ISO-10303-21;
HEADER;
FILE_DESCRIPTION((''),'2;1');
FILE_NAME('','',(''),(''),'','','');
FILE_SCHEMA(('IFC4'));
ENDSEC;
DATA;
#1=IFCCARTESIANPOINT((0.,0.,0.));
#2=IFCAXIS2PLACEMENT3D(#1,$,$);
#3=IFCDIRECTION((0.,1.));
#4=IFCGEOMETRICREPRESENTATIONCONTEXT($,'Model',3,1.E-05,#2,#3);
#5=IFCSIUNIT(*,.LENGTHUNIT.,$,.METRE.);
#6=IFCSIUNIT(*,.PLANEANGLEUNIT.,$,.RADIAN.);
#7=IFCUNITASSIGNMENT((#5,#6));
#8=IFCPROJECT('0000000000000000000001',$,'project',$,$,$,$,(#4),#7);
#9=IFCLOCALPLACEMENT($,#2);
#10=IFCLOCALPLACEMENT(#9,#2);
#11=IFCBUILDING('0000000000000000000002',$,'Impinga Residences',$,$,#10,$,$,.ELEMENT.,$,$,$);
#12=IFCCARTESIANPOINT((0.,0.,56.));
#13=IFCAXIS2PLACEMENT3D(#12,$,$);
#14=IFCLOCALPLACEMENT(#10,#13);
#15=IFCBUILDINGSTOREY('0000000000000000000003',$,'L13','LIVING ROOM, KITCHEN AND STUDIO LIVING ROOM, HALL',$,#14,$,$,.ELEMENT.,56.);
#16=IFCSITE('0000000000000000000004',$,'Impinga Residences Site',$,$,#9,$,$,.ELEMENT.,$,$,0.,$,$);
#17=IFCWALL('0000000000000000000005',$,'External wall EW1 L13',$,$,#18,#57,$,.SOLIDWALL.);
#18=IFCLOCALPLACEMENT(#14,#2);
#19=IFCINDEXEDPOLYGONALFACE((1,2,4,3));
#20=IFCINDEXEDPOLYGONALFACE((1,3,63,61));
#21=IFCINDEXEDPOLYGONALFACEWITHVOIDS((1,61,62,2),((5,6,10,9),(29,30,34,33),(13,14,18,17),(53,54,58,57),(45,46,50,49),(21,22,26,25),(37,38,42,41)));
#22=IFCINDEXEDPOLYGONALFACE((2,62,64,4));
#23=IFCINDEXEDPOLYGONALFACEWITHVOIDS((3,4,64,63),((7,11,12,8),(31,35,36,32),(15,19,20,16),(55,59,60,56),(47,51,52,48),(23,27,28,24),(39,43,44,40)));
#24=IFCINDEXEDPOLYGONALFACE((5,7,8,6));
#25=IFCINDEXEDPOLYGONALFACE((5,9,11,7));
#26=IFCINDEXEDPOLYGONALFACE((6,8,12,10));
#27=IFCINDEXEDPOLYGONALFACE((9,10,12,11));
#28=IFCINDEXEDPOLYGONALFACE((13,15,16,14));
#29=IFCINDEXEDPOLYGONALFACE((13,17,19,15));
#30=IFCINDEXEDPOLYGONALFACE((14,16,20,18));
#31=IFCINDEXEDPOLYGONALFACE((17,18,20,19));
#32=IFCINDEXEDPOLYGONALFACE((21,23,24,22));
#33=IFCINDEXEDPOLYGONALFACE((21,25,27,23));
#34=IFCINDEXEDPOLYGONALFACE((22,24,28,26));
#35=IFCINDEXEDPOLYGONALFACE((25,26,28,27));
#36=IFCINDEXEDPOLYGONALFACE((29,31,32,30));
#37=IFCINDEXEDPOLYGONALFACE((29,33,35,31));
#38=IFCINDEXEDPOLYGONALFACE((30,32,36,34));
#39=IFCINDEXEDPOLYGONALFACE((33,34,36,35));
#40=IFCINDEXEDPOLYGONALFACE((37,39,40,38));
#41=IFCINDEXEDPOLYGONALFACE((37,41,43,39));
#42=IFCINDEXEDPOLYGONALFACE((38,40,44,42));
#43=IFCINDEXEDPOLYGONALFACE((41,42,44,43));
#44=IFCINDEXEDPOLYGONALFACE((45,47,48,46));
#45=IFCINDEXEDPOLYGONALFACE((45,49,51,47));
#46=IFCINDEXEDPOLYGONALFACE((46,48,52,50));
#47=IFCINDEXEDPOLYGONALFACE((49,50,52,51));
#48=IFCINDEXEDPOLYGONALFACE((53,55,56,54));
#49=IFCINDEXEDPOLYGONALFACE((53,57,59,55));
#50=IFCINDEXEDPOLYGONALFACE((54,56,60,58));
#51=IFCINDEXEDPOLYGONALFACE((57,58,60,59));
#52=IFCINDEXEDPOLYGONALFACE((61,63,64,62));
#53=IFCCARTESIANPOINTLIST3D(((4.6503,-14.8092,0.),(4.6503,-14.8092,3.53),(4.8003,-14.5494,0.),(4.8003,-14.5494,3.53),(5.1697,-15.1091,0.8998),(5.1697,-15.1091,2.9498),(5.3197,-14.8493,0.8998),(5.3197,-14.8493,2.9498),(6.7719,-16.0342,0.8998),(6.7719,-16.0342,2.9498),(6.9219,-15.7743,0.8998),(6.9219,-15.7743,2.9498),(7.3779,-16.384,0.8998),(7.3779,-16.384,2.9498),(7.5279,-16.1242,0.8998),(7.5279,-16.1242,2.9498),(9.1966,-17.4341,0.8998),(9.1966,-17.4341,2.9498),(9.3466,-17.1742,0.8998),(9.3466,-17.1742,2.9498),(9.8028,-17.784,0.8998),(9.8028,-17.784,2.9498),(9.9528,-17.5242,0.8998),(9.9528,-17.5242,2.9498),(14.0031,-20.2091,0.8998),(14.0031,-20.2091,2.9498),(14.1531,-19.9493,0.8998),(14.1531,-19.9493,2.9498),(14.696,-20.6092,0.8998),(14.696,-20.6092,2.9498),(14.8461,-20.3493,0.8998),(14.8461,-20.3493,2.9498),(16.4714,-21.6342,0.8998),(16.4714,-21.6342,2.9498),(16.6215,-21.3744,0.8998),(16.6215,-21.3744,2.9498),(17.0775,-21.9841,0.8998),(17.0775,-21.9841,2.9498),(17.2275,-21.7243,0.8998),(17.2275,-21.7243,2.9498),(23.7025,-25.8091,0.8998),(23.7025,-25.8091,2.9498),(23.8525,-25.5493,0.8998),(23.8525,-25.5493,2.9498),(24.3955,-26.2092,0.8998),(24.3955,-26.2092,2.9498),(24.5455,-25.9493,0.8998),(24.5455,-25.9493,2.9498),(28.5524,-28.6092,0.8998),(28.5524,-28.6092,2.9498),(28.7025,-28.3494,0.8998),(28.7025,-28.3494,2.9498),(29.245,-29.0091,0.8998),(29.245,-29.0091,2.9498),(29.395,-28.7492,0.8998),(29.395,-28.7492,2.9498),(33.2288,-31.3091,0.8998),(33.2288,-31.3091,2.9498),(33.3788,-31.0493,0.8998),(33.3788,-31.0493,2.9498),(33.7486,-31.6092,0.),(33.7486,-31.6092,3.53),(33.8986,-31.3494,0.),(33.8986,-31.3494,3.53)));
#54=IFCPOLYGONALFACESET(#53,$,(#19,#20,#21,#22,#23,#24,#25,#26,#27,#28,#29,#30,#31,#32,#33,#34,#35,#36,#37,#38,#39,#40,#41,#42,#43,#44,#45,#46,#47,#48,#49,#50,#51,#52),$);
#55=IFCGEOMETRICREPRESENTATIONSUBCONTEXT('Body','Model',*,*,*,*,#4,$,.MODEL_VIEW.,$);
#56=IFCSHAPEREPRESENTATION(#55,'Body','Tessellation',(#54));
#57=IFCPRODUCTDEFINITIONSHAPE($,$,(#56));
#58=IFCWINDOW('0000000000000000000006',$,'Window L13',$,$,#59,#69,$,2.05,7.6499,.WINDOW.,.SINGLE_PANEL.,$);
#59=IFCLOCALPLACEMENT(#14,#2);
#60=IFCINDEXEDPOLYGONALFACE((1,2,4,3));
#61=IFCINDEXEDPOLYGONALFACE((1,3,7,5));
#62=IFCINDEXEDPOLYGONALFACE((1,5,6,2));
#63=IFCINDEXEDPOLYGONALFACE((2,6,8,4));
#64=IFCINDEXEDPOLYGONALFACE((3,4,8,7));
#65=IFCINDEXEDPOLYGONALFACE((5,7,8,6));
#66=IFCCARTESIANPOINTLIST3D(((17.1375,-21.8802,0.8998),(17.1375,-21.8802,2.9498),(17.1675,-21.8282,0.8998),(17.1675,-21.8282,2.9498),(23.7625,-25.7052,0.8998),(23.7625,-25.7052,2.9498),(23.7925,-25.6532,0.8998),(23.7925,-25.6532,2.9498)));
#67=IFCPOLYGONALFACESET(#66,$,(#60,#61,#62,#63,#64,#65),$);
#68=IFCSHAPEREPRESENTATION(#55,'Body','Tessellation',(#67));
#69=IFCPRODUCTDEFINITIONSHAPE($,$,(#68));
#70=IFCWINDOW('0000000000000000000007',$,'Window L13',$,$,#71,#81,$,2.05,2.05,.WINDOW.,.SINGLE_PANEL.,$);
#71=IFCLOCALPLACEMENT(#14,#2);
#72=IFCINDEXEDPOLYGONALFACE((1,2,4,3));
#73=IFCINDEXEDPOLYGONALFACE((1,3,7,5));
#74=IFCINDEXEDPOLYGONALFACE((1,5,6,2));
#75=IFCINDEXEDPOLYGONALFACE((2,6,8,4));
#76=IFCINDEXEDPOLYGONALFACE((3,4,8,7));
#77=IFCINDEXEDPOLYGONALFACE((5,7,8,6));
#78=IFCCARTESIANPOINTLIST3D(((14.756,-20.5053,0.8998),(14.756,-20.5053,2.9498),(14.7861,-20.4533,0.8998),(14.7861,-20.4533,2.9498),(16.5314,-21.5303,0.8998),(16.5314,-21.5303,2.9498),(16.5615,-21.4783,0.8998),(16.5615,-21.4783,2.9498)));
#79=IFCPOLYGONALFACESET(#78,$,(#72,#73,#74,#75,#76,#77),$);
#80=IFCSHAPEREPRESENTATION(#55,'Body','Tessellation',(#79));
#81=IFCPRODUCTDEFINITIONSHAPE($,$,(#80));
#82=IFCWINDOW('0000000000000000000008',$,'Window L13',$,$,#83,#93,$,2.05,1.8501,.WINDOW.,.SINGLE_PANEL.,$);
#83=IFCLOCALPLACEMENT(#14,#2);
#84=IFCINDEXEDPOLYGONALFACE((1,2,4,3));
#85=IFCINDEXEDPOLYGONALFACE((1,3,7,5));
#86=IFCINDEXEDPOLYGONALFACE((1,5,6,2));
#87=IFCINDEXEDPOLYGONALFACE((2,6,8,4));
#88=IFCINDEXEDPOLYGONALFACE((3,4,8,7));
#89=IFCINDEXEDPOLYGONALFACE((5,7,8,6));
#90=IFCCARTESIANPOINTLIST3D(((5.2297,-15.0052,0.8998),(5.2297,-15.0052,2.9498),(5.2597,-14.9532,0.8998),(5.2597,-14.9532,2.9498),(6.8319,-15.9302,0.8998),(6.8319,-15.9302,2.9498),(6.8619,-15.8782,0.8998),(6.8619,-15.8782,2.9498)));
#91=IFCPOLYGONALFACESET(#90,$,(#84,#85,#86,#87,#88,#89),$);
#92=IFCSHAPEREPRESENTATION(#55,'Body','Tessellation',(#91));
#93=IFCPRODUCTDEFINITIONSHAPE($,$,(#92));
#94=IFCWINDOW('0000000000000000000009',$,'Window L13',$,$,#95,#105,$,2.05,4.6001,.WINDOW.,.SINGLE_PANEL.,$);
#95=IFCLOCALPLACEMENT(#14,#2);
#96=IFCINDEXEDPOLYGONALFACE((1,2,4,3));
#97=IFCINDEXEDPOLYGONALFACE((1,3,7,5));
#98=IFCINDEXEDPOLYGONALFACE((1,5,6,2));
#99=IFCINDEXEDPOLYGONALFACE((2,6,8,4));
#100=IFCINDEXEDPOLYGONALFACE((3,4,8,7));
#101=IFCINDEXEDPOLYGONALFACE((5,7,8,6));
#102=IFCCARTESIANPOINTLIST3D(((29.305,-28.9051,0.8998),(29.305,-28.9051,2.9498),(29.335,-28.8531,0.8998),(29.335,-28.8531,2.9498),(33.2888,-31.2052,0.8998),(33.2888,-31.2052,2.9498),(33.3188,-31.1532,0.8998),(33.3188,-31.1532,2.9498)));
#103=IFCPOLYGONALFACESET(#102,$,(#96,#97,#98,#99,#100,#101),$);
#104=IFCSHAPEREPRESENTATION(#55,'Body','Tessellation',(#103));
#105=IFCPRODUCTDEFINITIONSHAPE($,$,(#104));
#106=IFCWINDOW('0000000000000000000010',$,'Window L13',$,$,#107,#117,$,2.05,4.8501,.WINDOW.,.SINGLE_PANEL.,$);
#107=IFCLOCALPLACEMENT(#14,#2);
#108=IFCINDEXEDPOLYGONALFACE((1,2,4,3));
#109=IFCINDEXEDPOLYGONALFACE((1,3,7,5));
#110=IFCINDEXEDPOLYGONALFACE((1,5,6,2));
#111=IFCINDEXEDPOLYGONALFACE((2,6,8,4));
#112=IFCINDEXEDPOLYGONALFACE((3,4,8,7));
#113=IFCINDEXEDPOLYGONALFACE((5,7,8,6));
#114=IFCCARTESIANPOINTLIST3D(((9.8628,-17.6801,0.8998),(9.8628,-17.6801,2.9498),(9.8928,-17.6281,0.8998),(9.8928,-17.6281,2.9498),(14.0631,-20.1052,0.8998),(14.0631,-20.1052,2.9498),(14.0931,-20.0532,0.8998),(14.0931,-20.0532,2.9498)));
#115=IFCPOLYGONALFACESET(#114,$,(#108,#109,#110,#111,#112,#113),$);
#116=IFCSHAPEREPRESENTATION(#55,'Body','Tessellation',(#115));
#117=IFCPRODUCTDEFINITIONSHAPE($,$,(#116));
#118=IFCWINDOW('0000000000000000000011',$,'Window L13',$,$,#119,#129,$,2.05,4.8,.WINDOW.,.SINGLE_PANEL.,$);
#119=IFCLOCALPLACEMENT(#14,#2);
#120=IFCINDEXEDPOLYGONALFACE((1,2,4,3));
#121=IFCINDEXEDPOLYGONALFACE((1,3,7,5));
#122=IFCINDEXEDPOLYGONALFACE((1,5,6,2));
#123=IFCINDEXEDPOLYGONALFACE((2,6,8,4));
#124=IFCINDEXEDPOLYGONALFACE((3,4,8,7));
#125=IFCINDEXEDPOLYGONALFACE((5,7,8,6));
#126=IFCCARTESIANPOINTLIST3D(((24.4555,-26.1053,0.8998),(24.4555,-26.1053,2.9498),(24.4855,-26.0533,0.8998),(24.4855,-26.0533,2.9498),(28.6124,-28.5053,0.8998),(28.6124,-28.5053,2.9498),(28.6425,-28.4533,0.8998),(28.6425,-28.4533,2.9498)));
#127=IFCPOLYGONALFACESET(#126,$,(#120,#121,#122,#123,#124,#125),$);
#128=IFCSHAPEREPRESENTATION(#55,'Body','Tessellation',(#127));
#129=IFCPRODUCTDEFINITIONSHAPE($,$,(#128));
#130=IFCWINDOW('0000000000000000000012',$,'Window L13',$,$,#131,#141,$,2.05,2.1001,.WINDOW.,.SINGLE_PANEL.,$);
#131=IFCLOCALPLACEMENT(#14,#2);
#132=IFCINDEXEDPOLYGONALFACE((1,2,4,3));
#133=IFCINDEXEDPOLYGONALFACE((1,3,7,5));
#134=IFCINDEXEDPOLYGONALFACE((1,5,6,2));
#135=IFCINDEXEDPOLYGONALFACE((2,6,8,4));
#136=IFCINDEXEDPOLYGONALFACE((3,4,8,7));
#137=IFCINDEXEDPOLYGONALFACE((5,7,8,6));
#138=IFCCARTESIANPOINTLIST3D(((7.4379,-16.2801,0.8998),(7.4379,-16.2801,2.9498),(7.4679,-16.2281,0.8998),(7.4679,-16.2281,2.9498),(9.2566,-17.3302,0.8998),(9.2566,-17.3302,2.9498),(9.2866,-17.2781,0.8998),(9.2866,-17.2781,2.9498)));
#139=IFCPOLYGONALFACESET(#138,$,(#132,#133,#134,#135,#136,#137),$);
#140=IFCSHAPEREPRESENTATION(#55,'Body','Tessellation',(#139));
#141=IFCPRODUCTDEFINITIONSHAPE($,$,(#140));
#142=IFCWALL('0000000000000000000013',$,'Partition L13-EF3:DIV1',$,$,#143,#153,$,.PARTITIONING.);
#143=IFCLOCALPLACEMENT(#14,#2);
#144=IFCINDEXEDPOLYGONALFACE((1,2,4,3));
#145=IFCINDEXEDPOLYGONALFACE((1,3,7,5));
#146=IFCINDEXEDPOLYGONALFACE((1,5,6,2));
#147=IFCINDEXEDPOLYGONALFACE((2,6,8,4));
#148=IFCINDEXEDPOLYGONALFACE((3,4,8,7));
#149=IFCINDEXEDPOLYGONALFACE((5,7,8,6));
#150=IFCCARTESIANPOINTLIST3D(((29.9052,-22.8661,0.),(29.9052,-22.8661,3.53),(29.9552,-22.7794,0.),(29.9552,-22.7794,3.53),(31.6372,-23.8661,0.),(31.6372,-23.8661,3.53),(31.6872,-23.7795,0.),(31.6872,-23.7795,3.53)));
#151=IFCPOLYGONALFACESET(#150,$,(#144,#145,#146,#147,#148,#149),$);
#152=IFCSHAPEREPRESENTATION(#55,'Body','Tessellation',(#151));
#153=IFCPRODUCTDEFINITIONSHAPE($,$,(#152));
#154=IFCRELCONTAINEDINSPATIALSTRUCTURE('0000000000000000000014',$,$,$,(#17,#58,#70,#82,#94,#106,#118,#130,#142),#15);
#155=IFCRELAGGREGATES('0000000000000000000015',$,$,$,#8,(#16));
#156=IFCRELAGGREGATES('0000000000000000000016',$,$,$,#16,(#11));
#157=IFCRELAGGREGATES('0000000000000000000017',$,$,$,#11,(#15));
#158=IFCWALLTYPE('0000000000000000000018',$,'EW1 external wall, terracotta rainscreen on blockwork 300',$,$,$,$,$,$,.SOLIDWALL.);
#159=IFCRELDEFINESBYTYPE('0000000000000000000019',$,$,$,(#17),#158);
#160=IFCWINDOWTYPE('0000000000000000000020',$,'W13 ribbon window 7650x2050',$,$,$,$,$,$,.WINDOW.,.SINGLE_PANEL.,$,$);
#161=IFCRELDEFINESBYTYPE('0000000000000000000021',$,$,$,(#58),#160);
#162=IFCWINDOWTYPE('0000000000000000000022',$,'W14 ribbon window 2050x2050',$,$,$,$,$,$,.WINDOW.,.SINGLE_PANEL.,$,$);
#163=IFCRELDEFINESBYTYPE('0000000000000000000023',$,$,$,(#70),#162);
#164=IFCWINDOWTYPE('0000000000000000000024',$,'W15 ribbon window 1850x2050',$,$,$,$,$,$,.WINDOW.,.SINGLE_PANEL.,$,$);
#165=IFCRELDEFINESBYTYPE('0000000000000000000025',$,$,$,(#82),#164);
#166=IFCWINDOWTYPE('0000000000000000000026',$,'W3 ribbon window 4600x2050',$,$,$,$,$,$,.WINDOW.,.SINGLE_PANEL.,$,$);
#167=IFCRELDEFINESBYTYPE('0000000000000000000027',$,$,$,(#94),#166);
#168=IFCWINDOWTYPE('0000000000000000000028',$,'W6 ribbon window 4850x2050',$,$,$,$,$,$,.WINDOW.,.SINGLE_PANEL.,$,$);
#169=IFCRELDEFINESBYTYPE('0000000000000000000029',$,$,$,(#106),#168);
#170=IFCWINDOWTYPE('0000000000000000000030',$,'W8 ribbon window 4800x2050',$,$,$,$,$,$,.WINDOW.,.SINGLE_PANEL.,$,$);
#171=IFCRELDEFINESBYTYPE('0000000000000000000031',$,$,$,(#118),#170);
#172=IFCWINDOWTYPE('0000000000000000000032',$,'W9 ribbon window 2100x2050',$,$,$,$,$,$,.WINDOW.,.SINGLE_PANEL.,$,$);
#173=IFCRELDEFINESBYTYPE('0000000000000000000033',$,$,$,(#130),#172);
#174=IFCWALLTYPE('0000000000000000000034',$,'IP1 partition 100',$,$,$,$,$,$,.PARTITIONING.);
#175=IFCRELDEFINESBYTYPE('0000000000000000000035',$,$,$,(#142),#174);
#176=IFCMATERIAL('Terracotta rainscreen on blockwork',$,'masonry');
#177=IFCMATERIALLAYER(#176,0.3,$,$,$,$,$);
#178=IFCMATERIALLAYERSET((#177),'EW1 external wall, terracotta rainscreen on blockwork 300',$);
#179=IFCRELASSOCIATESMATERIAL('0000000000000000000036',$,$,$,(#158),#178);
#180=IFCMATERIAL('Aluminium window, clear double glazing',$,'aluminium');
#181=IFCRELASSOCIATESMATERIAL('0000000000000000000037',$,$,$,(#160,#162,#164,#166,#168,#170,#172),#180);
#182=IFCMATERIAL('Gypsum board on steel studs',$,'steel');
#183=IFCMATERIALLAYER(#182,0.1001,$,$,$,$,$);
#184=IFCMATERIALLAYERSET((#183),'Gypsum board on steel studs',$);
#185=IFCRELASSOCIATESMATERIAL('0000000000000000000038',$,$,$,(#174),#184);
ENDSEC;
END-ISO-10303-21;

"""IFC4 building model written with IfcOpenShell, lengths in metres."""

from ifc_helpers import new_model, si_unit, direction, frame, frame_2d, origin, place, context, subcontext, project, spatial, rectangle, extrude, material, layer, layer_set, type_object, element, fill, save


model = new_model("IFC4")

# Units and contexts
model_context = context("Model", 3, precision=1e-05, world=origin(), true_north=direction((0.0, 1.0)))
body_context = subcontext(model_context, "Body", "Model", "MODEL_VIEW")
ifc_project = project(units=[si_unit("LENGTHUNIT", "METRE"), si_unit("PLANEANGLEUNIT", "RADIAN")], contexts=[model_context])

# Site, building, storey
site_placement = place(None, origin())
site = spatial("IfcSite", under=ifc_project, at=site_placement, Name="Impinga Residences Site", CompositionType="ELEMENT", RefElevation=0.0)
building_placement = place(site_placement, origin())
building = spatial("IfcBuilding", under=site, at=building_placement, Name="Impinga Residences", CompositionType="ELEMENT")
storey_placement = place(building_placement, frame((0.0, 0.0, 56.0)))
storey = spatial("IfcBuildingStorey", under=building, at=storey_placement, Name="L13", Description="LIVING ROOM, KITCHEN AND STUDIO LIVING ROOM, HALL", CompositionType="ELEMENT", Elevation=56.0)

# Shared definitions
ifc_material_1 = material(Name="Terracotta rainscreen on blockwork", Category="masonry")
ifc_layer_1 = layer(ifc_material_1, 0.3)
ifc_layer_set_1 = layer_set([ifc_layer_1], Name="EW1 external wall, terracotta rainscreen on blockwork 300")
wall_type_1 = type_object("IfcWallType", Name="EW1 external wall, terracotta rainscreen on blockwork 300", PredefinedType="SOLIDWALL", material=ifc_layer_set_1)

# Wall, openings, windows
wall_1_placement = place(storey_placement, frame((33.8235, -31.4792, 0.0), z_axis=(0.0, 0.0, 1.0), x_axis=(-0.866024, 0.500002, 0.0)))
wall_1 = element("IfcWall", 1, at=wall_1_placement, inside=storey, type_object=wall_type_1, Name="External wall EW1 L13", PredefinedType="SOLIDWALL", context=body_context, shape_type="SweptSolid", body=[
    extrude(rectangle(XDim=33.5999, YDim=0.3, at=frame_2d((16.7998, 0.0))), origin(), (0.0, 0.0, 1.0), 3.53),
])
opening_1_placement = place(wall_1_placement, frame((0.6001, 0.0, 0.8999)))
opening_1 = element("IfcOpeningElement", 2, at=opening_1_placement, cuts=wall_1, PredefinedType="OPENING", context=body_context, shape_type="SweptSolid", body=[
    extrude(rectangle(XDim=4.6001, YDim=2.05, at=frame_2d((2.3, 1.0249))), frame((0.0, 0.1599, 0.0), z_axis=(0.0, -1.0, 0.0), x_axis=(1.0, 0.0, 0.0)), (0.0, 0.0, 1.0), 0.3201),
])
opening_2_placement = place(wall_1_placement, frame((6.0, 0.0, 0.8999)))
opening_2 = element("IfcOpeningElement", 3, at=opening_2_placement, cuts=wall_1, PredefinedType="OPENING", context=body_context, shape_type="SweptSolid", body=[
    extrude(rectangle(XDim=4.8, YDim=2.05, at=frame_2d((2.3999, 1.0249))), frame((0.0, 0.1599, 0.0), z_axis=(0.0, -1.0, 0.0), x_axis=(1.0, 0.0, 0.0)), (0.0, 0.0, 1.0), 0.3201),
])
opening_3_placement = place(wall_1_placement, frame((11.6001, 0.0, 0.8999)))
opening_3 = element("IfcOpeningElement", 4, at=opening_3_placement, cuts=wall_1, PredefinedType="OPENING", context=body_context, shape_type="SweptSolid", body=[
    extrude(rectangle(XDim=7.6499, YDim=2.05, at=frame_2d((3.825, 1.0249))), frame((0.0, 0.1599, 0.0), z_axis=(0.0, -1.0, 0.0), x_axis=(1.0, 0.0, 0.0)), (0.0, 0.0, 1.0), 0.3201),
])
opening_4_placement = place(wall_1_placement, frame((19.95, 0.0, 0.8999)))
opening_4 = element("IfcOpeningElement", 5, at=opening_4_placement, cuts=wall_1, PredefinedType="OPENING", context=body_context, shape_type="SweptSolid", body=[
    extrude(rectangle(XDim=2.05, YDim=2.05, at=frame_2d((1.0249, 1.0249))), frame((0.0, 0.1599, 0.0), z_axis=(0.0, -1.0, 0.0), x_axis=(1.0, 0.0, 0.0)), (0.0, 0.0, 1.0), 0.3201),
])
opening_5_placement = place(wall_1_placement, frame((22.8, 0.0, 0.8999)))
opening_5 = element("IfcOpeningElement", 6, at=opening_5_placement, cuts=wall_1, PredefinedType="OPENING", context=body_context, shape_type="SweptSolid", body=[
    extrude(rectangle(XDim=4.8501, YDim=2.05, at=frame_2d((2.425, 1.0249))), frame((0.0, 0.1599, 0.0), z_axis=(0.0, -1.0, 0.0), x_axis=(1.0, 0.0, 0.0)), (0.0, 0.0, 1.0), 0.3201),
])
opening_6_placement = place(wall_1_placement, frame((28.3501, 0.0, 0.8999)))
opening_6 = element("IfcOpeningElement", 7, at=opening_6_placement, cuts=wall_1, PredefinedType="OPENING", context=body_context, shape_type="SweptSolid", body=[
    extrude(rectangle(XDim=2.1001, YDim=2.05, at=frame_2d((1.05, 1.0249))), frame((0.0, 0.1599, 0.0), z_axis=(0.0, -1.0, 0.0), x_axis=(1.0, 0.0, 0.0)), (0.0, 0.0, 1.0), 0.3201),
])
opening_7_placement = place(wall_1_placement, frame((31.1499, 0.0, 0.8999)))
opening_7 = element("IfcOpeningElement", 8, at=opening_7_placement, cuts=wall_1, PredefinedType="OPENING", context=body_context, shape_type="SweptSolid", body=[
    extrude(rectangle(XDim=1.8501, YDim=2.05, at=frame_2d((0.925, 1.0249))), frame((0.0, 0.1599, 0.0), z_axis=(0.0, -1.0, 0.0), x_axis=(1.0, 0.0, 0.0)), (0.0, 0.0, 1.0), 0.3201),
])
ifc_material_2 = material(Name="Aluminium window, clear double glazing", Category="aluminium")
window_type_1 = type_object("IfcWindowType", Name="W13 ribbon window 7650x2050", PartitioningType="SINGLE_PANEL", PredefinedType="WINDOW", material=ifc_material_2)
window_1_placement = place(opening_3_placement, origin())
window_1 = element("IfcWindow", 9, at=window_1_placement, inside=storey, type_object=window_type_1, Name="Window L13", OverallHeight=2.05, OverallWidth=7.6499, PartitioningType="SINGLE_PANEL", PredefinedType="WINDOW", context=body_context, shape_type="SweptSolid", body=[
    extrude(rectangle(XDim=7.6499, YDim=2.05, at=frame_2d((3.825, 1.0249))), frame((0.0, 0.03, 0.0), z_axis=(0.0, -1.0, 0.0), x_axis=(1.0, 0.0, 0.0)), (0.0, 0.0, 1.0), 0.0601),
])
fill(opening_3, window_1)
window_type_2 = type_object("IfcWindowType", Name="W14 ribbon window 2050x2050", PartitioningType="SINGLE_PANEL", PredefinedType="WINDOW", material=ifc_material_2)
window_2_placement = place(opening_4_placement, origin())
window_2 = element("IfcWindow", 10, at=window_2_placement, inside=storey, type_object=window_type_2, Name="Window L13", OverallHeight=2.05, OverallWidth=2.05, PartitioningType="SINGLE_PANEL", PredefinedType="WINDOW", context=body_context, shape_type="SweptSolid", body=[
    extrude(rectangle(XDim=2.05, YDim=2.05, at=frame_2d((1.0249, 1.0249))), frame((0.0, 0.03, 0.0), z_axis=(0.0, -1.0, 0.0), x_axis=(1.0, 0.0, 0.0)), (0.0, 0.0, 1.0), 0.0601),
])
fill(opening_4, window_2)
window_type_3 = type_object("IfcWindowType", Name="W15 ribbon window 1850x2050", PartitioningType="SINGLE_PANEL", PredefinedType="WINDOW", material=ifc_material_2)
window_3_placement = place(opening_7_placement, origin())
window_3 = element("IfcWindow", 11, at=window_3_placement, inside=storey, type_object=window_type_3, Name="Window L13", OverallHeight=2.05, OverallWidth=1.8501, PartitioningType="SINGLE_PANEL", PredefinedType="WINDOW", context=body_context, shape_type="SweptSolid", body=[
    extrude(rectangle(XDim=1.8501, YDim=2.05, at=frame_2d((0.925, 1.0249))), frame((0.0, 0.03, 0.0), z_axis=(0.0, -1.0, 0.0), x_axis=(1.0, 0.0, 0.0)), (0.0, 0.0, 1.0), 0.0601),
])
fill(opening_7, window_3)
window_type_4 = type_object("IfcWindowType", Name="W3 ribbon window 4600x2050", PartitioningType="SINGLE_PANEL", PredefinedType="WINDOW", material=ifc_material_2)
window_4_placement = place(opening_1_placement, origin())
window_4 = element("IfcWindow", 12, at=window_4_placement, inside=storey, type_object=window_type_4, Name="Window L13", OverallHeight=2.05, OverallWidth=4.6001, PartitioningType="SINGLE_PANEL", PredefinedType="WINDOW", context=body_context, shape_type="SweptSolid", body=[
    extrude(rectangle(XDim=4.6001, YDim=2.05, at=frame_2d((2.3, 1.0249))), frame((0.0, 0.03, 0.0), z_axis=(0.0, -1.0, 0.0), x_axis=(1.0, 0.0, 0.0)), (0.0, 0.0, 1.0), 0.0601),
])
fill(opening_1, window_4)
window_type_5 = type_object("IfcWindowType", Name="W6 ribbon window 4850x2050", PartitioningType="SINGLE_PANEL", PredefinedType="WINDOW", material=ifc_material_2)
window_5_placement = place(opening_5_placement, origin())
window_5 = element("IfcWindow", 13, at=window_5_placement, inside=storey, type_object=window_type_5, Name="Window L13", OverallHeight=2.05, OverallWidth=4.8501, PartitioningType="SINGLE_PANEL", PredefinedType="WINDOW", context=body_context, shape_type="SweptSolid", body=[
    extrude(rectangle(XDim=4.8501, YDim=2.05, at=frame_2d((2.425, 1.0249))), frame((0.0, 0.03, 0.0), z_axis=(0.0, -1.0, 0.0), x_axis=(1.0, 0.0, 0.0)), (0.0, 0.0, 1.0), 0.0601),
])
fill(opening_5, window_5)
window_type_6 = type_object("IfcWindowType", Name="W8 ribbon window 4800x2050", PartitioningType="SINGLE_PANEL", PredefinedType="WINDOW", material=ifc_material_2)
window_6_placement = place(opening_2_placement, origin())
window_6 = element("IfcWindow", 14, at=window_6_placement, inside=storey, type_object=window_type_6, Name="Window L13", OverallHeight=2.05, OverallWidth=4.8, PartitioningType="SINGLE_PANEL", PredefinedType="WINDOW", context=body_context, shape_type="SweptSolid", body=[
    extrude(rectangle(XDim=4.8, YDim=2.05, at=frame_2d((2.3999, 1.0249))), frame((0.0, 0.03, 0.0), z_axis=(0.0, -1.0, 0.0), x_axis=(1.0, 0.0, 0.0)), (0.0, 0.0, 1.0), 0.0601),
])
fill(opening_2, window_6)
window_type_7 = type_object("IfcWindowType", Name="W9 ribbon window 2100x2050", PartitioningType="SINGLE_PANEL", PredefinedType="WINDOW", material=ifc_material_2)
window_7_placement = place(opening_6_placement, origin())
window_7 = element("IfcWindow", 15, at=window_7_placement, inside=storey, type_object=window_type_7, Name="Window L13", OverallHeight=2.05, OverallWidth=2.1001, PartitioningType="SINGLE_PANEL", PredefinedType="WINDOW", context=body_context, shape_type="SweptSolid", body=[
    extrude(rectangle(XDim=2.1001, YDim=2.05, at=frame_2d((1.05, 1.0249))), frame((0.0, 0.03, 0.0), z_axis=(0.0, -1.0, 0.0), x_axis=(1.0, 0.0, 0.0)), (0.0, 0.0, 1.0), 0.0601),
])
fill(opening_6, window_7)

# Wall
ifc_material_3 = material(Name="Gypsum board on steel studs", Category="steel")
ifc_layer_2 = layer(ifc_material_3, 0.1001)
ifc_layer_set_2 = layer_set([ifc_layer_2], Name="Gypsum board on steel studs")
wall_type_2 = type_object("IfcWallType", Name="IP1 partition 100", PredefinedType="PARTITIONING", material=ifc_layer_set_2)
wall_2_placement = place(storey_placement, frame((29.9302, -22.8228, 0.0), z_axis=(0.0, 0.0, 1.0), x_axis=(0.866011, -0.500025, 0.0)))
element("IfcWall", 16, at=wall_2_placement, inside=storey, type_object=wall_type_2, Name="Partition L13-EF3:DIV1", PredefinedType="PARTITIONING", context=body_context, shape_type="SweptSolid", body=[
    extrude(rectangle(XDim=2.0, YDim=0.1001, at=frame_2d((1.0, 0.0))), origin(), (0.0, 0.0, 1.0), 3.53),
])

save(model, "model.ifc")
